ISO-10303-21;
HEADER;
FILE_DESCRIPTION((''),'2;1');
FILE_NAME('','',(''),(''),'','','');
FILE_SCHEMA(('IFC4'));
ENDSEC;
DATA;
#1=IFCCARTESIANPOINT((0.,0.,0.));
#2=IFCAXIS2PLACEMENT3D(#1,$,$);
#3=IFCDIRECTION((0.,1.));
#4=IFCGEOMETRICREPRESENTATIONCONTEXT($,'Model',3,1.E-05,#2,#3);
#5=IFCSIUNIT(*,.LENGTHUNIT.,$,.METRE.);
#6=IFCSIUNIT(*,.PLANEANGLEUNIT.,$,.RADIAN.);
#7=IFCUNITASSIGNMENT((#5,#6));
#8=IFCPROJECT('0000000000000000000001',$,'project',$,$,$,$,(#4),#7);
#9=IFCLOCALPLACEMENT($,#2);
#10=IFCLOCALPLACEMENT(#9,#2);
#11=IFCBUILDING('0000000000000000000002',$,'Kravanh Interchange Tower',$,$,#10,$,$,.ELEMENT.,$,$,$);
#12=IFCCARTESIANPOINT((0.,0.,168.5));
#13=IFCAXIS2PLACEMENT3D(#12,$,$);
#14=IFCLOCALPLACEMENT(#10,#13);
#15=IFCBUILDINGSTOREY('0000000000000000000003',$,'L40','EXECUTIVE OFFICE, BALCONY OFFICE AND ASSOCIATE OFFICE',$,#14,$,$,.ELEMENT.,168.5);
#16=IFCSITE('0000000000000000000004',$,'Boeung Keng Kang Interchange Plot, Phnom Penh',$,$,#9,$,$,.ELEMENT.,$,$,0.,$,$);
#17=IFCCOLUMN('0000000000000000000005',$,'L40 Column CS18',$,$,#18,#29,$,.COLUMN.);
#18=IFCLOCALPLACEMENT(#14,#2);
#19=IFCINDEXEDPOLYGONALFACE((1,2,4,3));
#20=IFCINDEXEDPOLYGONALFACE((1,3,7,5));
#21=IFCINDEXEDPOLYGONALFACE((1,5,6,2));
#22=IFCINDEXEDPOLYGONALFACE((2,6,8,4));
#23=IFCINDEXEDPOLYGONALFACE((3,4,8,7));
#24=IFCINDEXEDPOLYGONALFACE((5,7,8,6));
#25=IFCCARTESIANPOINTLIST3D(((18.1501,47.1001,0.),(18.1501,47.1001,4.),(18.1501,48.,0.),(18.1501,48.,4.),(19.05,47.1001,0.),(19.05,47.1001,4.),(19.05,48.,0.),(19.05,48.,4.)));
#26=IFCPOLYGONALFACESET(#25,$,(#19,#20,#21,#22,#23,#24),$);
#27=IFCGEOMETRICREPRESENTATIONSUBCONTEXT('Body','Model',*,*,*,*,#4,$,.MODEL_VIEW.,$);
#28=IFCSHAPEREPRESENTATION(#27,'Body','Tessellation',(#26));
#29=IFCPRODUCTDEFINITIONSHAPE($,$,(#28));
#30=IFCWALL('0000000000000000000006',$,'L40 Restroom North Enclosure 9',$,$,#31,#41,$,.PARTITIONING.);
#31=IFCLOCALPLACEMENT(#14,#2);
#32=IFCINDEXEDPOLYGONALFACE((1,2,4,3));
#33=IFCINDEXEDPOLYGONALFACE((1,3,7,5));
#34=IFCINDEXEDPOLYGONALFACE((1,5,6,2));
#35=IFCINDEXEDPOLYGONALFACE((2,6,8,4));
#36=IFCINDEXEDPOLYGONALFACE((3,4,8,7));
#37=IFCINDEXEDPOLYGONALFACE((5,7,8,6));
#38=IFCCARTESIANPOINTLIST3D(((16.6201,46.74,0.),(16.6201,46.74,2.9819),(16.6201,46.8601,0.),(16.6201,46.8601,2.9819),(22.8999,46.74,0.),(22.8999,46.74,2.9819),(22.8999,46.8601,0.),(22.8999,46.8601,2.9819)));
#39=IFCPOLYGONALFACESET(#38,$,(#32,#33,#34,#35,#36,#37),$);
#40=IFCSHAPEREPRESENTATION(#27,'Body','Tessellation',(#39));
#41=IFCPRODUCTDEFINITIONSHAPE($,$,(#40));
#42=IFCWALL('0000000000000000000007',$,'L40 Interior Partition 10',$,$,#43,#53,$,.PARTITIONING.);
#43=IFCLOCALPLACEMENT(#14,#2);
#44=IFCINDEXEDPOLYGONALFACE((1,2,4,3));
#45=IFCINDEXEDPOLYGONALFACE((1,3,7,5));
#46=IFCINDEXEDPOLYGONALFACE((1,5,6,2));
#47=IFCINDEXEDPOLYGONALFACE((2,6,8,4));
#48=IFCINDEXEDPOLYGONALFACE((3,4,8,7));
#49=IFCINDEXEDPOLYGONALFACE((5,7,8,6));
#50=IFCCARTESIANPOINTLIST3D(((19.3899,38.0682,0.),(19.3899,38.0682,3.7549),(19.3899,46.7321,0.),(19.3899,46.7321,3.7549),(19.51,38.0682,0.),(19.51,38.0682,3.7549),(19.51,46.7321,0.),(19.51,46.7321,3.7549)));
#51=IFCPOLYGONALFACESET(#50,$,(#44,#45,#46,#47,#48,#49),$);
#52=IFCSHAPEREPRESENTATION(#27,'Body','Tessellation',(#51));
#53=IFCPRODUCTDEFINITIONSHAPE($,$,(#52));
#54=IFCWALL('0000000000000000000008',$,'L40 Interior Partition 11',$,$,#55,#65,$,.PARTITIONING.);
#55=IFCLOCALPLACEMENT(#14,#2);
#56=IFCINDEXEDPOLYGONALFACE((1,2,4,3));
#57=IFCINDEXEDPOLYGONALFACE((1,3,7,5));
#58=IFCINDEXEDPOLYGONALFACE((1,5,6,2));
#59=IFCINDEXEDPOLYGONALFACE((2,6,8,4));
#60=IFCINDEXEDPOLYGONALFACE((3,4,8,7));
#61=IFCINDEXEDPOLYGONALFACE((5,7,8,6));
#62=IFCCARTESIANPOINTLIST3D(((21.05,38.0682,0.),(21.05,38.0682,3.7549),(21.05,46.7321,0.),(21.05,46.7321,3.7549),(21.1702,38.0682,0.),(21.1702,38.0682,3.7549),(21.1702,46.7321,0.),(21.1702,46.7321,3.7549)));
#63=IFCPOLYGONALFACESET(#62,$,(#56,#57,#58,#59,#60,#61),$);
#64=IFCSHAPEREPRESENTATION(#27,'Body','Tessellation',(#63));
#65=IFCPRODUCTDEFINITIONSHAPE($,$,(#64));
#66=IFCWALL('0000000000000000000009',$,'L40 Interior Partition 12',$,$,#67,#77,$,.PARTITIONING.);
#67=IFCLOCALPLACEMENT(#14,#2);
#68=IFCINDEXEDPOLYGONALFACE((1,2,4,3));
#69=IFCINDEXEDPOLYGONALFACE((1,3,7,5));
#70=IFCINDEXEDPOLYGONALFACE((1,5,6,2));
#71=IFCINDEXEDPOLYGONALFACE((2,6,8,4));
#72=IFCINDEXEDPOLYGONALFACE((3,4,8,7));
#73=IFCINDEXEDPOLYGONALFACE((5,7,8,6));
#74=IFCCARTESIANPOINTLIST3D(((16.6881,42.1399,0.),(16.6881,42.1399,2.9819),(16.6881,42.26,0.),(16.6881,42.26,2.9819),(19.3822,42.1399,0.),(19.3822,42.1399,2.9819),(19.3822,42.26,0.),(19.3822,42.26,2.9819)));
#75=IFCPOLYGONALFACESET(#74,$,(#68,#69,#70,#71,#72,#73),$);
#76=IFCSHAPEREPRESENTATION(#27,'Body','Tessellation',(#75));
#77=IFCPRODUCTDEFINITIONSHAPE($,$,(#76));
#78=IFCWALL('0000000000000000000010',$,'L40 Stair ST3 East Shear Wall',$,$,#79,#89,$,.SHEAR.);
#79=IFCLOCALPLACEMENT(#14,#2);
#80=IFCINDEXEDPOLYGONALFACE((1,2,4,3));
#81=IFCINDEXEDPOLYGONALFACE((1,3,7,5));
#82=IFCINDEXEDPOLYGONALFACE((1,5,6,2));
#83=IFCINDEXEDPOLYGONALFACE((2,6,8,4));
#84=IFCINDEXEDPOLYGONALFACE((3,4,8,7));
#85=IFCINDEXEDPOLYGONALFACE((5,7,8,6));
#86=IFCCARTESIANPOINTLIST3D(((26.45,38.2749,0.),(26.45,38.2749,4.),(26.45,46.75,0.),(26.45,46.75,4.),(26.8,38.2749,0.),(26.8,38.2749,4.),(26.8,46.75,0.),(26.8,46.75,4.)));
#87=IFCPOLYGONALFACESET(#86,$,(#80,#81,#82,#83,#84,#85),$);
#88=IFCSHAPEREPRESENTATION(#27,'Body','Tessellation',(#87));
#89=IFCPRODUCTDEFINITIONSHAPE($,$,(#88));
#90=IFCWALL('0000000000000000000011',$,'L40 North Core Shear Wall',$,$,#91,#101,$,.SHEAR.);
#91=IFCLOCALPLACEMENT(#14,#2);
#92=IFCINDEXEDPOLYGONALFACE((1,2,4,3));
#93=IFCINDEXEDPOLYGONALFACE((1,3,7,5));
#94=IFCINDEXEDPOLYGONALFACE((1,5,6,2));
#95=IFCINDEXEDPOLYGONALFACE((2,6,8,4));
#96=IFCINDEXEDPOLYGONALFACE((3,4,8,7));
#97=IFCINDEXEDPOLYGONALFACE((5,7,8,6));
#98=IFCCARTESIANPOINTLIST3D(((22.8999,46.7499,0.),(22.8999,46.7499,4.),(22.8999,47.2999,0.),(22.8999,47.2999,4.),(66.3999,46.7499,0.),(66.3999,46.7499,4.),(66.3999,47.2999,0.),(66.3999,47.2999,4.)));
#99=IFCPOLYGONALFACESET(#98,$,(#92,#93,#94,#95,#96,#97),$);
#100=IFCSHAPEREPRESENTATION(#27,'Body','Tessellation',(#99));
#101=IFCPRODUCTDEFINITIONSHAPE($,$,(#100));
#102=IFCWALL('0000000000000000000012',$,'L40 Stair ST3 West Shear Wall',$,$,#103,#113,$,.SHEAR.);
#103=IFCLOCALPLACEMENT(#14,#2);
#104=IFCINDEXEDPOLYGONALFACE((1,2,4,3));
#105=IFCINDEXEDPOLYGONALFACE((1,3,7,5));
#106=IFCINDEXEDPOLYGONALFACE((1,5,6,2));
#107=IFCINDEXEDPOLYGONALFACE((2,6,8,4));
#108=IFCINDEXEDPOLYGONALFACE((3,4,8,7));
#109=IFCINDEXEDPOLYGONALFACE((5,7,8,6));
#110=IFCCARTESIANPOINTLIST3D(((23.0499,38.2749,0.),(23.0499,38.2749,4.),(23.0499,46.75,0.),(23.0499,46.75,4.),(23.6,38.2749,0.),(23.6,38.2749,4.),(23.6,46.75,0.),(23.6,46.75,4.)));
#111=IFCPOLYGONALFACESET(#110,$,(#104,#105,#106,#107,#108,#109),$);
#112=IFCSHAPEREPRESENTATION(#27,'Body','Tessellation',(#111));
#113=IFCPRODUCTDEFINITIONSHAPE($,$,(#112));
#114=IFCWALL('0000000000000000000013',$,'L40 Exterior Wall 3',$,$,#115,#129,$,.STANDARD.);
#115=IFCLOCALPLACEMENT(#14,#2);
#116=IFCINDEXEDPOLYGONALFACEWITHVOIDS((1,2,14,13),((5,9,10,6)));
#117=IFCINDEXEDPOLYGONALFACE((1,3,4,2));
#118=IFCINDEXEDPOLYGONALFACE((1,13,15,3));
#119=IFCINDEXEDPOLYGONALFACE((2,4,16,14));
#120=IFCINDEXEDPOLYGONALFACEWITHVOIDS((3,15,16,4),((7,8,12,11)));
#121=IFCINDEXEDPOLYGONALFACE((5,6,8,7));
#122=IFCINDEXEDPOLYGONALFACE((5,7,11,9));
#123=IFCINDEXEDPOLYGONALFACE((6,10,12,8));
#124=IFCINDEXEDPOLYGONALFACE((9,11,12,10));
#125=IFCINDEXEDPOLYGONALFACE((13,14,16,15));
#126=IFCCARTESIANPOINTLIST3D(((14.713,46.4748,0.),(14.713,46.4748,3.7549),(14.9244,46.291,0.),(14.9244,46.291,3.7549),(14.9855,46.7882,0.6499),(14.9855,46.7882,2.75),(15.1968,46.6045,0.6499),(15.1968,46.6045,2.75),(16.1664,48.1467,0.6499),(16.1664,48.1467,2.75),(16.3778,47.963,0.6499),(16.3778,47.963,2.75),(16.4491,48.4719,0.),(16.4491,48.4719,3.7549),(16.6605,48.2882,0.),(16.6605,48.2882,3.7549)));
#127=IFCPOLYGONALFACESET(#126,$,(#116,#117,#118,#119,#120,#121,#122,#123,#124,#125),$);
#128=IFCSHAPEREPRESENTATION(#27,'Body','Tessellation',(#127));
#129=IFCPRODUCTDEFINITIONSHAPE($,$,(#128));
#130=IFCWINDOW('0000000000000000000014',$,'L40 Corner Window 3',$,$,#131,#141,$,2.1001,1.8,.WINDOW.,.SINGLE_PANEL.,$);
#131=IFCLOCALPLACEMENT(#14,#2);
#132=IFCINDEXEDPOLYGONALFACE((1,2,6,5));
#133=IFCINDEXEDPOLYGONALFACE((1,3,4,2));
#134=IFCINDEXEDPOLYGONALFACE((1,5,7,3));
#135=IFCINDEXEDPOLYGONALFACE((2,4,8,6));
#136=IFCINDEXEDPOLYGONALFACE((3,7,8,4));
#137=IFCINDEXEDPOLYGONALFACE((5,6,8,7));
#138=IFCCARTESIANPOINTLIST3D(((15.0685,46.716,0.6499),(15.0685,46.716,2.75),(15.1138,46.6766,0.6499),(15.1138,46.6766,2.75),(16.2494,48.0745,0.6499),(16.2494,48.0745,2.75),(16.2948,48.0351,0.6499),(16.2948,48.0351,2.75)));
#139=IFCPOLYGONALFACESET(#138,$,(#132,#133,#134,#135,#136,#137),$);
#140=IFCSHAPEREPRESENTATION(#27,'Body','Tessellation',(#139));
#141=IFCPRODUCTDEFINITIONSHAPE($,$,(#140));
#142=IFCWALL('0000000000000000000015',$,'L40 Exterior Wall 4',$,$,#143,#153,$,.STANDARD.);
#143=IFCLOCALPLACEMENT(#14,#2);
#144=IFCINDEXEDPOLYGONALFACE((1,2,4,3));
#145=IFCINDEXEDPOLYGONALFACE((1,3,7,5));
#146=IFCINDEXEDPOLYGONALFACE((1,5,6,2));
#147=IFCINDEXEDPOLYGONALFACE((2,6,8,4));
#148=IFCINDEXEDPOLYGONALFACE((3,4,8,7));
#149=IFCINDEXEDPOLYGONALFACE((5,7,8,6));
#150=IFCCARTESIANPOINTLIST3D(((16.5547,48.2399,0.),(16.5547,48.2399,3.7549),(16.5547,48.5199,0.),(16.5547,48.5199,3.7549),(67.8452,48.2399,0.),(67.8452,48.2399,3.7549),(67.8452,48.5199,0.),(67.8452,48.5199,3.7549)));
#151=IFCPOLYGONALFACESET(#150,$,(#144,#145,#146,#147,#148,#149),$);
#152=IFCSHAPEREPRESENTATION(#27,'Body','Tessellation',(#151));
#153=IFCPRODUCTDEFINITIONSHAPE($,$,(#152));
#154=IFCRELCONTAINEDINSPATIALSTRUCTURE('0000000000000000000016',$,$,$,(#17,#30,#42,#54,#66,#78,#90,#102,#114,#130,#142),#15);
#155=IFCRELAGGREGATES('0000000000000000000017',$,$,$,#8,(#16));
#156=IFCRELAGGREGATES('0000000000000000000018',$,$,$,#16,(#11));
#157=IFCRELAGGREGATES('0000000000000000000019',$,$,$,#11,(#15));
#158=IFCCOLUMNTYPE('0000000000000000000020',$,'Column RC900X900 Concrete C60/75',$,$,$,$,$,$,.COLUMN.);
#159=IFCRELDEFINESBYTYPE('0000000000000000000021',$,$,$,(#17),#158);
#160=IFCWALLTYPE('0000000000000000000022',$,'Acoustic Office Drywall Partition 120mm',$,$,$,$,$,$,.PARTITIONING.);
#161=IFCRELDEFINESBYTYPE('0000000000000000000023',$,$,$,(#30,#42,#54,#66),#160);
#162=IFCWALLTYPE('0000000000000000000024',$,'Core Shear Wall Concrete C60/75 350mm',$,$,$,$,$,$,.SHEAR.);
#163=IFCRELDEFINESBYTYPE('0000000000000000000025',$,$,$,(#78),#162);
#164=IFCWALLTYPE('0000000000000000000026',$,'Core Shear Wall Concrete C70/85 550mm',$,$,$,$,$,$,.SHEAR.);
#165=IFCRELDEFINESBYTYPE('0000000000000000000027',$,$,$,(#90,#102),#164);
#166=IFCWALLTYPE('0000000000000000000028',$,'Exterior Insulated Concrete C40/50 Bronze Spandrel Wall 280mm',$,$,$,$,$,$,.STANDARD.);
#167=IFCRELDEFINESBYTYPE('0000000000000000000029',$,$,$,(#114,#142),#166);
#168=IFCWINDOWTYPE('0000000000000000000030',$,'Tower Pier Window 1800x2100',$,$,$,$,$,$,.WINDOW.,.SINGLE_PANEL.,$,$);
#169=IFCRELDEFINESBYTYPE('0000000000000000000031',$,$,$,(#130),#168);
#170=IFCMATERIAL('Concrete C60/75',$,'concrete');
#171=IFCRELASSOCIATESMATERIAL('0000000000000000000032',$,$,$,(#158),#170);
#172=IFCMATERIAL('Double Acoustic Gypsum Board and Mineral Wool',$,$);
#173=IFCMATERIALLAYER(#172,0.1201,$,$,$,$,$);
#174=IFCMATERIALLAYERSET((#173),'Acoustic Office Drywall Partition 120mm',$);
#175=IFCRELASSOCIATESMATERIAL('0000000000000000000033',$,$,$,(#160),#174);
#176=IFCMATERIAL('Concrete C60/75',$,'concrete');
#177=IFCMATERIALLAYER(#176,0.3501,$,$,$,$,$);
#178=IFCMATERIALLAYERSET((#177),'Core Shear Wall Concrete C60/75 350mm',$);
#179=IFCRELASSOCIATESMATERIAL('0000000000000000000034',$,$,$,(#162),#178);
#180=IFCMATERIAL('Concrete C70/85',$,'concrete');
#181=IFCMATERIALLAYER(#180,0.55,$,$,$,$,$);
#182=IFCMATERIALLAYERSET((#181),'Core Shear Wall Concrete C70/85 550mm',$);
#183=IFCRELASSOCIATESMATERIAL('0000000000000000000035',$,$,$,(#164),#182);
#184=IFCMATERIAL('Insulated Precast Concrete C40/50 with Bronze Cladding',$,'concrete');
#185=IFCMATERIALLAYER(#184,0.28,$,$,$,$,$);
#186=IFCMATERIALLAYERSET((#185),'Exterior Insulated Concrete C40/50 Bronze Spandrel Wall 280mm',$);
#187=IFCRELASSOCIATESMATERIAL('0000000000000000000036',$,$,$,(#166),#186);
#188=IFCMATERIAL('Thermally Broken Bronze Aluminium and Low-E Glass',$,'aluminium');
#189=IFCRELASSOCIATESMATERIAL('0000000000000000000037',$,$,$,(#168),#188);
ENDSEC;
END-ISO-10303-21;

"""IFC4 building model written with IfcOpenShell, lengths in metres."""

from ifc_helpers import new_model, si_unit, direction, frame, frame_2d, origin, origin_2d, place, context, subcontext, project, spatial, rectangle, extrude, material, layer, layer_set, material_profile, profile_set, type_object, element, fill, save


model = new_model("IFC4")

# Units and contexts
model_context = context("Model", 3, precision=1e-05, world=origin(), true_north=direction((0.0, 1.0)))
body_context = subcontext(model_context, "Body", "Model", "MODEL_VIEW")
ifc_project = project(units=[si_unit("LENGTHUNIT", "METRE"), si_unit("PLANEANGLEUNIT", "RADIAN")], contexts=[model_context])

# Site, building, storey
site_placement = place(None, origin())
site = spatial("IfcSite", under=ifc_project, at=site_placement, Name="Boeung Keng Kang Interchange Plot, Phnom Penh", CompositionType="ELEMENT", RefElevation=0.0)
building_placement = place(site_placement, origin())
building = spatial("IfcBuilding", under=site, at=building_placement, Name="Kravanh Interchange Tower", CompositionType="ELEMENT")
storey_placement = place(building_placement, frame((0.0, 0.0, 168.5)))
storey = spatial("IfcBuildingStorey", under=building, at=storey_placement, Name="L40", Description="EXECUTIVE OFFICE, BALCONY OFFICE AND ASSOCIATE OFFICE", CompositionType="ELEMENT", Elevation=168.5)

# Column
ifc_material_1 = material(Name="Concrete C60/75", Category="concrete")
ifc_material_profile = material_profile(ifc_material_1, rectangle(XDim=0.8999, YDim=0.8999, at=origin_2d()), Name="RC900X900")
ifc_profile_set = profile_set([ifc_material_profile], Name="Concrete C60/75")
column_type = type_object("IfcColumnType", Name="Column RC900X900 Concrete C60/75", PredefinedType="COLUMN", material=ifc_profile_set)
column_placement = place(storey_placement, frame((18.6001, 47.55, 0.0), z_axis=(0.0, 0.0, 1.0), x_axis=(1.0, 0.0, 0.0)))
element("IfcColumn", 1, at=column_placement, inside=storey, type_object=column_type, Name="L40 Column CS18", PredefinedType="COLUMN", context=body_context, shape_type="SweptSolid", body=[
    extrude(rectangle(XDim=0.8999, YDim=0.8999, at=origin_2d()), origin(), (0.0, 0.0, 1.0), 4.0),
])

# Walls
ifc_material_2 = material(Name="Double Acoustic Gypsum Board and Mineral Wool")
ifc_layer_1 = layer(ifc_material_2, 0.1201)
ifc_layer_set_1 = layer_set([ifc_layer_1], Name="Acoustic Office Drywall Partition 120mm")
wall_type_1 = type_object("IfcWallType", Name="Acoustic Office Drywall Partition 120mm", PredefinedType="PARTITIONING", material=ifc_layer_set_1)
wall_1_placement = place(storey_placement, frame((16.6201, 46.8, 0.0), z_axis=(0.0, 0.0, 1.0), x_axis=(1.0, 0.0, 0.0)))
element("IfcWall", 2, at=wall_1_placement, inside=storey, type_object=wall_type_1, Name="L40 Restroom North Enclosure 9", PredefinedType="PARTITIONING", context=body_context, shape_type="SweptSolid", body=[
    extrude(rectangle(XDim=6.2798, YDim=0.1201, at=frame_2d((3.1399, 0.0))), origin(), (0.0, 0.0, 1.0), 2.9819),
])
for number, where, z_axis, x_axis, name in (
    (3, (19.45, 38.0681, 0.0), (0.0, 0.0, 1.0), (0.0, 1.0, 0.0), "L40 Interior Partition 10"),
    (4, (21.1101, 38.0681, 0.0), (0.0, 0.0, 1.0), (0.0, 1.0, 0.0), "L40 Interior Partition 11"),
):
    element("IfcWall", number, at=place(storey_placement, frame(where, z_axis=z_axis, x_axis=x_axis)), inside=storey, type_object=wall_type_1, Name=name, PredefinedType="PARTITIONING", context=body_context, shape_type="SweptSolid", body=[
        extrude(rectangle(XDim=8.6638, YDim=0.1201, at=frame_2d((4.332, 0.0))), origin(), (0.0, 0.0, 1.0), 3.7549),
    ])
wall_2_placement = place(storey_placement, frame((16.688, 42.2, 0.0), z_axis=(0.0, 0.0, 1.0), x_axis=(1.0, 0.0, 0.0)))
element("IfcWall", 5, at=wall_2_placement, inside=storey, type_object=wall_type_1, Name="L40 Interior Partition 12", PredefinedType="PARTITIONING", context=body_context, shape_type="SweptSolid", body=[
    extrude(rectangle(XDim=2.6941, YDim=0.1201, at=frame_2d((1.3472, 0.0))), origin(), (0.0, 0.0, 1.0), 2.9819),
])
ifc_material_3 = material(Name="Concrete C60/75", Category="concrete")
ifc_layer_2 = layer(ifc_material_3, 0.3501)
ifc_layer_set_2 = layer_set([ifc_layer_2], Name="Core Shear Wall Concrete C60/75 350mm")
wall_type_2 = type_object("IfcWallType", Name="Core Shear Wall Concrete C60/75 350mm", PredefinedType="SHEAR", material=ifc_layer_set_2)
wall_3_placement = place(storey_placement, frame((26.625, 38.2749, 0.0), z_axis=(0.0, 0.0, 1.0), x_axis=(0.0, 1.0, 0.0)))
element("IfcWall", 6, at=wall_3_placement, inside=storey, type_object=wall_type_2, Name="L40 Stair ST3 East Shear Wall", PredefinedType="SHEAR", context=body_context, shape_type="SweptSolid", body=[
    extrude(rectangle(XDim=8.4751, YDim=0.3501, at=frame_2d((4.2375, 0.0))), origin(), (0.0, 0.0, 1.0), 4.0),
])
ifc_material_4 = material(Name="Concrete C70/85", Category="concrete")
ifc_layer_3 = layer(ifc_material_4, 0.55)
ifc_layer_set_3 = layer_set([ifc_layer_3], Name="Core Shear Wall Concrete C70/85 550mm")
wall_type_3 = type_object("IfcWallType", Name="Core Shear Wall Concrete C70/85 550mm", PredefinedType="SHEAR", material=ifc_layer_set_3)
wall_4_placement = place(storey_placement, frame((22.8999, 47.0249, 0.0), z_axis=(0.0, 0.0, 1.0), x_axis=(1.0, 0.0, 0.0)))
element("IfcWall", 7, at=wall_4_placement, inside=storey, type_object=wall_type_3, Name="L40 North Core Shear Wall", PredefinedType="SHEAR", context=body_context, shape_type="SweptSolid", body=[
    extrude(rectangle(XDim=43.5, YDim=0.55, at=frame_2d((21.75, 0.0))), origin(), (0.0, 0.0, 1.0), 4.0),
])
wall_5_placement = place(storey_placement, frame((23.325, 38.2749, 0.0), z_axis=(0.0, 0.0, 1.0), x_axis=(0.0, 1.0, 0.0)))
element("IfcWall", 8, at=wall_5_placement, inside=storey, type_object=wall_type_3, Name="L40 Stair ST3 West Shear Wall", PredefinedType="SHEAR", context=body_context, shape_type="SweptSolid", body=[
    extrude(rectangle(XDim=8.4751, YDim=0.55, at=frame_2d((4.2375, 0.0))), origin(), (0.0, 0.0, 1.0), 4.0),
])

# Wall, opening, window
ifc_material_5 = material(Name="Insulated Precast Concrete C40/50 with Bronze Cladding", Category="concrete")
ifc_layer_4 = layer(ifc_material_5, 0.28)
ifc_layer_set_4 = layer_set([ifc_layer_4], Name="Exterior Insulated Concrete C40/50 Bronze Spandrel Wall 280mm")
wall_type_4 = type_object("IfcWallType", Name="Exterior Insulated Concrete C40/50 Bronze Spandrel Wall 280mm", PredefinedType="STANDARD", material=ifc_layer_set_4)
wall_6_placement = place(storey_placement, frame((14.8186, 46.3828, 0.0), z_axis=(0.0, 0.0, 1.0), x_axis=(0.656071, 0.754699, 0.0)))
wall_6 = element("IfcWall", 9, at=wall_6_placement, inside=storey, type_object=wall_type_4, Name="L40 Exterior Wall 3", PredefinedType="STANDARD", context=body_context, shape_type="SweptSolid", body=[
    extrude(rectangle(XDim=2.6462, YDim=0.28, at=frame_2d((1.3232, 0.0))), origin(), (0.0, 0.0, 1.0), 3.7549),
])
opening_placement = place(wall_6_placement, frame((0.4155, 0.0, 0.6499)))
opening = element("IfcOpeningElement", 10, at=opening_placement, cuts=wall_6, PredefinedType="OPENING", context=body_context, shape_type="SweptSolid", body=[
    extrude(rectangle(XDim=1.8, YDim=2.1001, at=frame_2d((0.8999, 1.05))), frame((0.0, 0.1499, 0.0), z_axis=(0.0, -1.0, 0.0), x_axis=(1.0, 0.0, 0.0)), (0.0, 0.0, 1.0), 0.3),
])
ifc_material_6 = material(Name="Thermally Broken Bronze Aluminium and Low-E Glass", Category="aluminium")
window_type = type_object("IfcWindowType", Name="Tower Pier Window 1800x2100", PartitioningType="SINGLE_PANEL", PredefinedType="WINDOW", material=ifc_material_6)
window_placement = place(opening_placement, origin())
window = element("IfcWindow", 11, at=window_placement, inside=storey, type_object=window_type, Name="L40 Corner Window 3", OverallHeight=2.1001, OverallWidth=1.8, PartitioningType="SINGLE_PANEL", PredefinedType="WINDOW", context=body_context, shape_type="SweptSolid", body=[
    extrude(rectangle(XDim=1.8, YDim=2.1001, at=frame_2d((0.8999, 1.05))), frame((0.0, 0.03, 0.0), z_axis=(0.0, -1.0, 0.0), x_axis=(1.0, 0.0, 0.0)), (0.0, 0.0, 1.0), 0.0601),
])
fill(opening, window)

# Wall
wall_7_placement = place(storey_placement, frame((16.5547, 48.3799, 0.0), z_axis=(0.0, 0.0, 1.0), x_axis=(1.0, 0.0, 0.0)))
element("IfcWall", 12, at=wall_7_placement, inside=storey, type_object=wall_type_4, Name="L40 Exterior Wall 4", PredefinedType="STANDARD", context=body_context, shape_type="SweptSolid", body=[
    extrude(rectangle(XDim=51.2905, YDim=0.28, at=frame_2d((25.6453, 0.0))), origin(), (0.0, 0.0, 1.0), 3.7549),
])

save(model, "model.ifc")
